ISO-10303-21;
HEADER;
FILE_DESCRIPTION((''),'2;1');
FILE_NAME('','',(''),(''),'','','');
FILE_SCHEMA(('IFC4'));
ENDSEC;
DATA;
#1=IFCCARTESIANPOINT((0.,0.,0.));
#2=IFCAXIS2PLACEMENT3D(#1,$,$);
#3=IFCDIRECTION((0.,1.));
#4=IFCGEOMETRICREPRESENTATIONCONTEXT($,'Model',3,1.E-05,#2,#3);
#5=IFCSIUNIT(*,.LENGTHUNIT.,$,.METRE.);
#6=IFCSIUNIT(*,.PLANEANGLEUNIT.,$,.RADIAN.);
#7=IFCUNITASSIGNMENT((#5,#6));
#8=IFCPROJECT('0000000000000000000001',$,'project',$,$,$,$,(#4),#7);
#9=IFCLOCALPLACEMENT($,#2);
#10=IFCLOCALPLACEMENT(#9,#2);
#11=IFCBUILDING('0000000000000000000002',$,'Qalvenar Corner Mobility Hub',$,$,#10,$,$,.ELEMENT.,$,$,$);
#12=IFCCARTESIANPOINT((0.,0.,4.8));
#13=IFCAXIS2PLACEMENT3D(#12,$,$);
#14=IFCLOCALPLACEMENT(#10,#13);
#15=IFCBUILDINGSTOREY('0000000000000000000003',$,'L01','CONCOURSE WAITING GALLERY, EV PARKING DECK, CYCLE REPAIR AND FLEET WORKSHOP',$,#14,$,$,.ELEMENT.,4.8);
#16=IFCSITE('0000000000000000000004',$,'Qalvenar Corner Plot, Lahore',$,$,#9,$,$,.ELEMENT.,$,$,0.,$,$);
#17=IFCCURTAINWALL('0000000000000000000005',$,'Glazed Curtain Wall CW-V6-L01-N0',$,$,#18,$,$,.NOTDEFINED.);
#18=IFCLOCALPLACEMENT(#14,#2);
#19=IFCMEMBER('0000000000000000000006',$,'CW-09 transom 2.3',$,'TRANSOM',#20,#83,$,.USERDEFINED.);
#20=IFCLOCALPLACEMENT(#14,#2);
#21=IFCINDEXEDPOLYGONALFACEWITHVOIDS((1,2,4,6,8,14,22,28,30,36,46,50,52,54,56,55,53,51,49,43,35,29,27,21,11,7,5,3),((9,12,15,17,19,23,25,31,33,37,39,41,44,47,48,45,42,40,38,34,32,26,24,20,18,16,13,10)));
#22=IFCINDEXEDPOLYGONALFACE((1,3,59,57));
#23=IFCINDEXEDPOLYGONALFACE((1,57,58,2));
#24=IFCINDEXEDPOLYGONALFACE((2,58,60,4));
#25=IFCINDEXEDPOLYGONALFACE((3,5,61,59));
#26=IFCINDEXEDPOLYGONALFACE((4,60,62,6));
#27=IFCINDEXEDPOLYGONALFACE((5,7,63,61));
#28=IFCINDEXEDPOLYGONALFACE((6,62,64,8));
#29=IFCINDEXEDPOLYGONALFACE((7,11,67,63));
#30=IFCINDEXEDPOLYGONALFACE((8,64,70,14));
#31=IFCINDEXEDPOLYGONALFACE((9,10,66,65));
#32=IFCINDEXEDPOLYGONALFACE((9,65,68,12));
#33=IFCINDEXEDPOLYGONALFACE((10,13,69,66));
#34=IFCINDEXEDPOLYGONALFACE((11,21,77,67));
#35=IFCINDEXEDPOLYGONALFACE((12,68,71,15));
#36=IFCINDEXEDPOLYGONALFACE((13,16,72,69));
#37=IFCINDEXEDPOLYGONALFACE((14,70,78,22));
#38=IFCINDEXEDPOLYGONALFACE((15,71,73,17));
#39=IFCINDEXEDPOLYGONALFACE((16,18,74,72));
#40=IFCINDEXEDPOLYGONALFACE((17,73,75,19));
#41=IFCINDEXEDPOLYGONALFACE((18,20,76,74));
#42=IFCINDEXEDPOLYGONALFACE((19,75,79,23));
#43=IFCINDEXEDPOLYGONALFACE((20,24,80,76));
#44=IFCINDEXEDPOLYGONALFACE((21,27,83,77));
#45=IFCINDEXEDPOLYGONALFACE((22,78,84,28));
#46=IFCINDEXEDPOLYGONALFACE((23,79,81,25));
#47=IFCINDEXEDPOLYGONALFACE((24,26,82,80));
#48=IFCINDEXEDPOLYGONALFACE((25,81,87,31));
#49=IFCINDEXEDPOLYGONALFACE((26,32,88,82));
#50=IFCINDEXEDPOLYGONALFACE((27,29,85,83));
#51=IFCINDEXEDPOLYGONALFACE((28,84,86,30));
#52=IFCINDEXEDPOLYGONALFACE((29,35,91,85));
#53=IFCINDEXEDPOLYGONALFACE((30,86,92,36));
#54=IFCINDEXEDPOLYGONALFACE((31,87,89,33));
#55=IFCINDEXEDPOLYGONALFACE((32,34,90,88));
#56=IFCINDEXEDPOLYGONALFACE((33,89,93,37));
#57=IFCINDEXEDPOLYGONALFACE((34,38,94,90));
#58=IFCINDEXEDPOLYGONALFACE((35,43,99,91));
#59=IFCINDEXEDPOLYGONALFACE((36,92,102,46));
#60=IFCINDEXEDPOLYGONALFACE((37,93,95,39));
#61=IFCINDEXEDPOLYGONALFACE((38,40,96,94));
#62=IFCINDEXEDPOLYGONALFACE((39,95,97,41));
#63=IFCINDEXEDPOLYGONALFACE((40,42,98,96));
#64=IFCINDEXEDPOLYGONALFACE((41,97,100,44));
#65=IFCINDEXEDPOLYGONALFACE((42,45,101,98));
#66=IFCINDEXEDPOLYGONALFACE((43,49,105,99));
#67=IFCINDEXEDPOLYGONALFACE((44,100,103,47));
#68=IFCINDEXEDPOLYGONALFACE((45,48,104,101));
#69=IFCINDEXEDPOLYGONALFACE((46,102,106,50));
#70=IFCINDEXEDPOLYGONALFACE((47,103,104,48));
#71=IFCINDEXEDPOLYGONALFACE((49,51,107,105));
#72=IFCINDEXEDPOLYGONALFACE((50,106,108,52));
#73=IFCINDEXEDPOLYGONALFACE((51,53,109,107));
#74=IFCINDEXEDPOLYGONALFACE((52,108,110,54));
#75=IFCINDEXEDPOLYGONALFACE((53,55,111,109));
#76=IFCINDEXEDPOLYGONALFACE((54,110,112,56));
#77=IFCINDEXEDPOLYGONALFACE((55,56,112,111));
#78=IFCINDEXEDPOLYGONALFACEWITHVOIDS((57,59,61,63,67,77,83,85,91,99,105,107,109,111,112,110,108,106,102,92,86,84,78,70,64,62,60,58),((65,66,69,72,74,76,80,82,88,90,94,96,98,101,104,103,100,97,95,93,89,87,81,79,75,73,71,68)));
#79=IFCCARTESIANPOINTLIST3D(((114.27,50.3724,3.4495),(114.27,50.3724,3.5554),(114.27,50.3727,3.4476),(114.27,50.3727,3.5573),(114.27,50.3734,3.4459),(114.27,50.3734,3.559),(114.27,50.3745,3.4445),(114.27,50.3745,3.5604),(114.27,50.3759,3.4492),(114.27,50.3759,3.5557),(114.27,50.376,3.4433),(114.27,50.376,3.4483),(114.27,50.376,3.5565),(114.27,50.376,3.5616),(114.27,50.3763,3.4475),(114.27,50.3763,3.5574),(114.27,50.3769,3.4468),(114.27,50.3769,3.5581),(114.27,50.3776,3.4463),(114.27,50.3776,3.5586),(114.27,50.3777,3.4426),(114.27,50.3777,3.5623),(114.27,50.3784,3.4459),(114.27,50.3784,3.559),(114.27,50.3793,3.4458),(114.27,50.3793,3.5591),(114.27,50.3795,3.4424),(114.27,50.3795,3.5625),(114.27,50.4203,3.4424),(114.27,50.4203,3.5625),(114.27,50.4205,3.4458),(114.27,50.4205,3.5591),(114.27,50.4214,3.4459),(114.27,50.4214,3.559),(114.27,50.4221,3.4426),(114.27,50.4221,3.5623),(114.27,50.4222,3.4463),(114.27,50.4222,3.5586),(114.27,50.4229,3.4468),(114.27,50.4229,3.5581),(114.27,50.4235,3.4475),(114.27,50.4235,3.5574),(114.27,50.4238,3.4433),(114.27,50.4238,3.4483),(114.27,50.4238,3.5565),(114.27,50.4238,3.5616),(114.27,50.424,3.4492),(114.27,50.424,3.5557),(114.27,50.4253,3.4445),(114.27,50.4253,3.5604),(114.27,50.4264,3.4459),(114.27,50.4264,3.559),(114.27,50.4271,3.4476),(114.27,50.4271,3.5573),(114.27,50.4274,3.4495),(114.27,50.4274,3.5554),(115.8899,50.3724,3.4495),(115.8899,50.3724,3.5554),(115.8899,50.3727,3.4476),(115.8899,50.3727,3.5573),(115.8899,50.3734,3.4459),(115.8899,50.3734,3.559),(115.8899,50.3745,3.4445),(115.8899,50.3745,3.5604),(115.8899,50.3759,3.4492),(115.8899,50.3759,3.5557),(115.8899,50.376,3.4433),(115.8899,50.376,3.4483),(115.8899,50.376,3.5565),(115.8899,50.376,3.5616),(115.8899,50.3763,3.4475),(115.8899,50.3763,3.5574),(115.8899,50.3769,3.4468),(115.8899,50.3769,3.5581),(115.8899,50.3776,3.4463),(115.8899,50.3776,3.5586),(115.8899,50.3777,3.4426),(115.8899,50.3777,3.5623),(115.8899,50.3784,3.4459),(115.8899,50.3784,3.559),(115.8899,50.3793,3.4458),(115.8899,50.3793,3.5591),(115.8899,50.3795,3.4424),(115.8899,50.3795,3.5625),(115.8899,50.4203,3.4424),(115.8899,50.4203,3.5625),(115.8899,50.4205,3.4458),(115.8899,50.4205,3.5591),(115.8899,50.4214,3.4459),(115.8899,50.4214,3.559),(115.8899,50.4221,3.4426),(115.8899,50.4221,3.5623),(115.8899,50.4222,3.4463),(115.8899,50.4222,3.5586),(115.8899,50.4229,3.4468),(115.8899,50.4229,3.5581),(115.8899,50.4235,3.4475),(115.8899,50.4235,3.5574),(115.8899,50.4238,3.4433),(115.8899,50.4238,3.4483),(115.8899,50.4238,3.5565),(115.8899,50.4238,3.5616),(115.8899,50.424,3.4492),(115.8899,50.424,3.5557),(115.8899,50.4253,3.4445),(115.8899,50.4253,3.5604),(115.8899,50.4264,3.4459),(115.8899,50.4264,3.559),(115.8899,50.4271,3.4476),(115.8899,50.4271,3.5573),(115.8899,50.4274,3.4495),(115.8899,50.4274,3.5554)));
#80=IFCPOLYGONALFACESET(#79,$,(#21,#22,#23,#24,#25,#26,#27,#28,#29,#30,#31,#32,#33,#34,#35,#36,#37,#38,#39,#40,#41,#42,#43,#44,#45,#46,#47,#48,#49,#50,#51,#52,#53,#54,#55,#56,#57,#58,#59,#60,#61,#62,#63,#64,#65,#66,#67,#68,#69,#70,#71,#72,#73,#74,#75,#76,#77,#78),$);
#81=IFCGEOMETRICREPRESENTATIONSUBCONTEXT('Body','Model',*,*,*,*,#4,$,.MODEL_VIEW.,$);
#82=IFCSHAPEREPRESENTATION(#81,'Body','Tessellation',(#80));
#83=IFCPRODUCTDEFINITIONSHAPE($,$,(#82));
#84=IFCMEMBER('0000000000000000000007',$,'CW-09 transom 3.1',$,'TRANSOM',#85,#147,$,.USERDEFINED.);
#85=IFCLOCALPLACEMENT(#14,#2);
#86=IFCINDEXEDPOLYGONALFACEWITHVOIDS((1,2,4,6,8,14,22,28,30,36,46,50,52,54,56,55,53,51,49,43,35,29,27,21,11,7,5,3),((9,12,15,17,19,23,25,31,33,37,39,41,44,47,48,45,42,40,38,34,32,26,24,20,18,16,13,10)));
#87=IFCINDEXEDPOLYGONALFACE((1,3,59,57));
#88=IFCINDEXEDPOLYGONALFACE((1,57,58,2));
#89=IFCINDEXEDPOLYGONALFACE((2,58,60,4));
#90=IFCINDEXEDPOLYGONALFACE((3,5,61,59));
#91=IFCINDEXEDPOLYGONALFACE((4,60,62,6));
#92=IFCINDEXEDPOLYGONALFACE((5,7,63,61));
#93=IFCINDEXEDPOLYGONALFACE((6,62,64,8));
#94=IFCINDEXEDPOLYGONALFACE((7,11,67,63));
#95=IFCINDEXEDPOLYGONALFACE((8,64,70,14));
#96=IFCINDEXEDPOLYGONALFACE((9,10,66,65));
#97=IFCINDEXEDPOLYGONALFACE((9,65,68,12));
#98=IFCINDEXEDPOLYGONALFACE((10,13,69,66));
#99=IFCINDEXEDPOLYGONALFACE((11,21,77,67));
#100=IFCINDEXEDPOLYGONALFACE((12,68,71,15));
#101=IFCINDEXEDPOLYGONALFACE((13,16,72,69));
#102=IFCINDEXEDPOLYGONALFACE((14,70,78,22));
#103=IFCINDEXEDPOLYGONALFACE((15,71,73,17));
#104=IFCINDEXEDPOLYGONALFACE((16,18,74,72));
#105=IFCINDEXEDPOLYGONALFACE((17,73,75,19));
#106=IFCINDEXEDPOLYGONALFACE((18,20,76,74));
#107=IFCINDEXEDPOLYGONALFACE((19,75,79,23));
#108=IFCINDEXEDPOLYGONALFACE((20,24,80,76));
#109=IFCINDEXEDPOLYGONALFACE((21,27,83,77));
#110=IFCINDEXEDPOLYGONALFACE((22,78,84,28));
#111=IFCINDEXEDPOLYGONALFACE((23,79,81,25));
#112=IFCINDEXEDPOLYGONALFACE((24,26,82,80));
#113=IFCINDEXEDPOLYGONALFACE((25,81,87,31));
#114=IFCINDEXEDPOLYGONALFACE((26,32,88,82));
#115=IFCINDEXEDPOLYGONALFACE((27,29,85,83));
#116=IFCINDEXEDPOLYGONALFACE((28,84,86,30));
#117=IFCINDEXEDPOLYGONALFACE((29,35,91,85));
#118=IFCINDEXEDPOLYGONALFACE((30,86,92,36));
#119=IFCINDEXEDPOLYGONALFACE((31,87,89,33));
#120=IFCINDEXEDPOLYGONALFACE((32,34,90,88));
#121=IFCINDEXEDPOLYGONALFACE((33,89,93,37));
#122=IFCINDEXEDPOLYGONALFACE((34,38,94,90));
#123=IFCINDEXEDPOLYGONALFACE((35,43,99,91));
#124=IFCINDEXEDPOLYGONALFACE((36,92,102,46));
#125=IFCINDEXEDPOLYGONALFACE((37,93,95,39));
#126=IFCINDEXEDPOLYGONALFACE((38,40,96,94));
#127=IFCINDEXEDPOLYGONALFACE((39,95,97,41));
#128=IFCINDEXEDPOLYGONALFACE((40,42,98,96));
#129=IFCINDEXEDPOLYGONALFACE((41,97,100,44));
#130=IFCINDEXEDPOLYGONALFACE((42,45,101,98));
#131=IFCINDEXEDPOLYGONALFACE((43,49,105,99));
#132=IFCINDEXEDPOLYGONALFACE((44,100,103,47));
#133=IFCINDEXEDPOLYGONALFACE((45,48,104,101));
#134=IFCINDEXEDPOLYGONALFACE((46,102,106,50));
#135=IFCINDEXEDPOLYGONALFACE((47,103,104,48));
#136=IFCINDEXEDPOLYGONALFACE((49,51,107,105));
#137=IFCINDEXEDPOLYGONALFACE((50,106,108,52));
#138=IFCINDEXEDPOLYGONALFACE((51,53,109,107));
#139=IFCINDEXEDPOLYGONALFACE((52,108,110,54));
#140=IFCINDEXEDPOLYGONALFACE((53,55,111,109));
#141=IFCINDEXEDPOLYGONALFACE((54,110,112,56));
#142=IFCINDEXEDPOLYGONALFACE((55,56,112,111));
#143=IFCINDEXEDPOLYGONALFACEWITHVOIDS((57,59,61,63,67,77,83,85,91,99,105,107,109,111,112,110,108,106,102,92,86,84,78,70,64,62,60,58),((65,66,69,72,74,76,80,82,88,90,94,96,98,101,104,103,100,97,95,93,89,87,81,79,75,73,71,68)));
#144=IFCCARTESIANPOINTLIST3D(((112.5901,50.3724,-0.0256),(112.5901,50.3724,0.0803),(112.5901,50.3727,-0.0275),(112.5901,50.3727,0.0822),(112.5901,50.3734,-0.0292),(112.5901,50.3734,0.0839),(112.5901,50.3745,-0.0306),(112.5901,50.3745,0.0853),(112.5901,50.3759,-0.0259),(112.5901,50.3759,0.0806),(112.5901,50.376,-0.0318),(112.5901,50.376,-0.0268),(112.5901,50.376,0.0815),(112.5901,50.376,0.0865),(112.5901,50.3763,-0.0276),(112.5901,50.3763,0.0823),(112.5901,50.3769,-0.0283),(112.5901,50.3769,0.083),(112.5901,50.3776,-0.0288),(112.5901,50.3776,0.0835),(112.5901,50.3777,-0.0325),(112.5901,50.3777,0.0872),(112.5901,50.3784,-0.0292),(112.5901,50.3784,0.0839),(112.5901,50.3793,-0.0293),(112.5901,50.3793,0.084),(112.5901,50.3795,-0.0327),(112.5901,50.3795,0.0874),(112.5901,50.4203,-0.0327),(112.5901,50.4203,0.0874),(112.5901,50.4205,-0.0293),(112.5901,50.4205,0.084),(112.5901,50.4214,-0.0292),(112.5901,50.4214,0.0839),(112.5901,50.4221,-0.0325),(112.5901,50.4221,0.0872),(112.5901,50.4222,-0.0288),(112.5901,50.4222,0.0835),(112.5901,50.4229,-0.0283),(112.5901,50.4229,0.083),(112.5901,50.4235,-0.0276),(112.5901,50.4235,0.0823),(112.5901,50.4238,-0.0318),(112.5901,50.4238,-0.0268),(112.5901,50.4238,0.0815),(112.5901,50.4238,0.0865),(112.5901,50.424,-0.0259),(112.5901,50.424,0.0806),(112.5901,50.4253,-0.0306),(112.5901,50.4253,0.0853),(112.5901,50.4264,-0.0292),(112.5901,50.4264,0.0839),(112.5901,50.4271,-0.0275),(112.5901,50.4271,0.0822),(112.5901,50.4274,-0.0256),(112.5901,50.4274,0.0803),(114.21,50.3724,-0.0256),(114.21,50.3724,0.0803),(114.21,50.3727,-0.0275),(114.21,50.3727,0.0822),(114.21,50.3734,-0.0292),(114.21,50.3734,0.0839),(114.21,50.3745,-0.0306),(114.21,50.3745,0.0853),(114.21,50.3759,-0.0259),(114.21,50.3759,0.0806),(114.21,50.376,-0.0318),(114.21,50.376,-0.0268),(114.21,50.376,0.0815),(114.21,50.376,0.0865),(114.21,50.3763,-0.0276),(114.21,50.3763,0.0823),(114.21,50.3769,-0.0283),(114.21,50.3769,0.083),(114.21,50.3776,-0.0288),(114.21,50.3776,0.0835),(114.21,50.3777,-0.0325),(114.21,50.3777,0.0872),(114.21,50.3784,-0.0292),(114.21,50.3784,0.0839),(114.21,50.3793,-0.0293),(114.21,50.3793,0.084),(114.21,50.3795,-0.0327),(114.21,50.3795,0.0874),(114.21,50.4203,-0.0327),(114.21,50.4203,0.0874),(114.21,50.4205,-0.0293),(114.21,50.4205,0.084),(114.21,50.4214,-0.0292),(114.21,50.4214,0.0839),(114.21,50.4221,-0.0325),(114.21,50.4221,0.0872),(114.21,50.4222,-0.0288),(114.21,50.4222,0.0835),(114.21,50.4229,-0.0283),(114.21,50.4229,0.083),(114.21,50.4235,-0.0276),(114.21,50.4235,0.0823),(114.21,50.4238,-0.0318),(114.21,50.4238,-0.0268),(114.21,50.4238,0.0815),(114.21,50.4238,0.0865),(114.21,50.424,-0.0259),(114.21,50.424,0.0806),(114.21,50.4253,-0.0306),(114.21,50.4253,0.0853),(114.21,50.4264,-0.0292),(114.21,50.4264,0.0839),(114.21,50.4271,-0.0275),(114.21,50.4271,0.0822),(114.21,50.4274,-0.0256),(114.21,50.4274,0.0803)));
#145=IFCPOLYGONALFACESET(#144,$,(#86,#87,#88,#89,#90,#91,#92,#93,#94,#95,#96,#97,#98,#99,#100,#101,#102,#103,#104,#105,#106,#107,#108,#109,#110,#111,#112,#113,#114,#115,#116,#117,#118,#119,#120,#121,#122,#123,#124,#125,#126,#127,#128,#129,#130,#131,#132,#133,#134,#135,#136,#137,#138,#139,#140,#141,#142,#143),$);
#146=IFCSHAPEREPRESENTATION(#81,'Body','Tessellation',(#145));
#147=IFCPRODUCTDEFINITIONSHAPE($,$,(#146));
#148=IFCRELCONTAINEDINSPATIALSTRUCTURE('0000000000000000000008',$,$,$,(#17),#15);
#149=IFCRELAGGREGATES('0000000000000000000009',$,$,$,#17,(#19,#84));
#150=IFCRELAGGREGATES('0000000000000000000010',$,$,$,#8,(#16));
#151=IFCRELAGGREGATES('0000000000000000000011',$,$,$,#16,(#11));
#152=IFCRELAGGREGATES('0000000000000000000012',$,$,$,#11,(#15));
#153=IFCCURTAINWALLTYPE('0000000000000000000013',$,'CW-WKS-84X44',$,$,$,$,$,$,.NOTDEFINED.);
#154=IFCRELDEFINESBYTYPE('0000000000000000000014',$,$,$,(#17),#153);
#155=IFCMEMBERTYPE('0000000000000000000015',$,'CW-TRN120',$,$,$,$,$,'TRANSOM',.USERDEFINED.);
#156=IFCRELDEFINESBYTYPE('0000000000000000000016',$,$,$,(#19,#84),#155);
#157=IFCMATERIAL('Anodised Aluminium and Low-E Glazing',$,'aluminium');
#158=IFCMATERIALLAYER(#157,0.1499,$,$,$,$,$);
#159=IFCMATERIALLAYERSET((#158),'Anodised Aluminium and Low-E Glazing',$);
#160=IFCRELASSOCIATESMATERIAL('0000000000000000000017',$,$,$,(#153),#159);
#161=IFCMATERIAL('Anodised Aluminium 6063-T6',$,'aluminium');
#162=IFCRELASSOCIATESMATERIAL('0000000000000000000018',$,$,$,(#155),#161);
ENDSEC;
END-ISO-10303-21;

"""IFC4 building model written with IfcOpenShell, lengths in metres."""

from ifc_helpers import new_model, si_unit, direction, frame, origin, origin_2d, place, context, subcontext, project, spatial, hollow_rectangle, extrude, material, layer, layer_set, material_profile, profile_set, type_object, element, aggregate, save


model = new_model("IFC4")

# Units and contexts
model_context = context("Model", 3, precision=1e-05, world=origin(), true_north=direction((0.0, 1.0)))
body_context = subcontext(model_context, "Body", "Model", "MODEL_VIEW")
ifc_project = project(units=[si_unit("LENGTHUNIT", "METRE"), si_unit("PLANEANGLEUNIT", "RADIAN")], contexts=[model_context])

# Site, building, storey
site_placement = place(None, origin())
site = spatial("IfcSite", under=ifc_project, at=site_placement, Name="Qalvenar Corner Plot, Lahore", CompositionType="ELEMENT", RefElevation=0.0)
building_placement = place(site_placement, origin())
building = spatial("IfcBuilding", under=site, at=building_placement, Name="Qalvenar Corner Mobility Hub", CompositionType="ELEMENT")
storey_placement = place(building_placement, frame((0.0, 0.0, 4.8)))
storey = spatial("IfcBuildingStorey", under=building, at=storey_placement, Name="L01", Description="CONCOURSE WAITING GALLERY, EV PARKING DECK, CYCLE REPAIR AND FLEET WORKSHOP", CompositionType="ELEMENT", Elevation=4.8)

# Curtain wall, members
ifc_material_1 = material(Name="Anodised Aluminium and Low-E Glazing", Category="aluminium")
ifc_layer_1 = layer(ifc_material_1, 0.1499)
ifc_layer_set_1 = layer_set([ifc_layer_1], Name="Anodised Aluminium and Low-E Glazing")
curtain_wall_type = type_object("IfcCurtainWallType", Name="CW-WKS-84X44", PredefinedType="NOTDEFINED", material=ifc_layer_set_1)
curtain_wall_placement = place(storey_placement, origin())
curtain_wall = element("IfcCurtainWall", 1, at=curtain_wall_placement, inside=storey, type_object=curtain_wall_type, Name="Glazed Curtain Wall CW-V6-L01-N0", PredefinedType="NOTDEFINED")
ifc_material_2 = material(Name="Anodised Aluminium 6063-T6", Category="aluminium")
ifc_material_profile_1 = material_profile(ifc_material_2, hollow_rectangle(XDim=0.0549, YDim=0.1201, WallThickness=0.0034, InnerFilletRadius=0.0034, OuterFilletRadius=0.0071, at=origin_2d()), Name="RHS120x55x3.5")
ifc_profile_set_1 = profile_set([ifc_material_profile_1], Name="Anodised Aluminium 6063-T6")
member_type_1 = type_object("IfcMemberType", Name="CW-TRN120", ElementType="TRANSOM", PredefinedType="USERDEFINED", material=ifc_profile_set_1)
member_1_placement = place(storey_placement, frame((115.8899, 50.3999, 3.5024), z_axis=(-1.0, 0.0, 0.0), x_axis=(0.0, -1.0, 0.0)))
member_1 = element("IfcMember", 2, at=member_1_placement, type_object=member_type_1, Name="CW-09 transom 2.3", ObjectType="TRANSOM", PredefinedType="USERDEFINED", context=body_context, shape_type="SweptSolid", body=[
    extrude(hollow_rectangle(XDim=0.0549, YDim=0.1201, WallThickness=0.0034, InnerFilletRadius=0.0034, OuterFilletRadius=0.0071, at=origin_2d()), origin(), (0.0, 0.0, 1.0), 1.6199),
])
member_2_placement = place(storey_placement, frame((114.21, 50.3999, 0.0273), z_axis=(-1.0, 0.0, 0.0), x_axis=(0.0, -1.0, 0.0)))
member_2 = element("IfcMember", 3, at=member_2_placement, type_object=member_type_1, Name="CW-09 transom 3.1", ObjectType="TRANSOM", PredefinedType="USERDEFINED", context=body_context, shape_type="SweptSolid", body=[
    extrude(hollow_rectangle(XDim=0.0549, YDim=0.1201, WallThickness=0.0034, InnerFilletRadius=0.0034, OuterFilletRadius=0.0071, at=origin_2d()), origin(), (0.0, 0.0, 1.0), 1.6199),
])

aggregate(curtain_wall, [member_1, member_2])

save(model, "model.ifc")
